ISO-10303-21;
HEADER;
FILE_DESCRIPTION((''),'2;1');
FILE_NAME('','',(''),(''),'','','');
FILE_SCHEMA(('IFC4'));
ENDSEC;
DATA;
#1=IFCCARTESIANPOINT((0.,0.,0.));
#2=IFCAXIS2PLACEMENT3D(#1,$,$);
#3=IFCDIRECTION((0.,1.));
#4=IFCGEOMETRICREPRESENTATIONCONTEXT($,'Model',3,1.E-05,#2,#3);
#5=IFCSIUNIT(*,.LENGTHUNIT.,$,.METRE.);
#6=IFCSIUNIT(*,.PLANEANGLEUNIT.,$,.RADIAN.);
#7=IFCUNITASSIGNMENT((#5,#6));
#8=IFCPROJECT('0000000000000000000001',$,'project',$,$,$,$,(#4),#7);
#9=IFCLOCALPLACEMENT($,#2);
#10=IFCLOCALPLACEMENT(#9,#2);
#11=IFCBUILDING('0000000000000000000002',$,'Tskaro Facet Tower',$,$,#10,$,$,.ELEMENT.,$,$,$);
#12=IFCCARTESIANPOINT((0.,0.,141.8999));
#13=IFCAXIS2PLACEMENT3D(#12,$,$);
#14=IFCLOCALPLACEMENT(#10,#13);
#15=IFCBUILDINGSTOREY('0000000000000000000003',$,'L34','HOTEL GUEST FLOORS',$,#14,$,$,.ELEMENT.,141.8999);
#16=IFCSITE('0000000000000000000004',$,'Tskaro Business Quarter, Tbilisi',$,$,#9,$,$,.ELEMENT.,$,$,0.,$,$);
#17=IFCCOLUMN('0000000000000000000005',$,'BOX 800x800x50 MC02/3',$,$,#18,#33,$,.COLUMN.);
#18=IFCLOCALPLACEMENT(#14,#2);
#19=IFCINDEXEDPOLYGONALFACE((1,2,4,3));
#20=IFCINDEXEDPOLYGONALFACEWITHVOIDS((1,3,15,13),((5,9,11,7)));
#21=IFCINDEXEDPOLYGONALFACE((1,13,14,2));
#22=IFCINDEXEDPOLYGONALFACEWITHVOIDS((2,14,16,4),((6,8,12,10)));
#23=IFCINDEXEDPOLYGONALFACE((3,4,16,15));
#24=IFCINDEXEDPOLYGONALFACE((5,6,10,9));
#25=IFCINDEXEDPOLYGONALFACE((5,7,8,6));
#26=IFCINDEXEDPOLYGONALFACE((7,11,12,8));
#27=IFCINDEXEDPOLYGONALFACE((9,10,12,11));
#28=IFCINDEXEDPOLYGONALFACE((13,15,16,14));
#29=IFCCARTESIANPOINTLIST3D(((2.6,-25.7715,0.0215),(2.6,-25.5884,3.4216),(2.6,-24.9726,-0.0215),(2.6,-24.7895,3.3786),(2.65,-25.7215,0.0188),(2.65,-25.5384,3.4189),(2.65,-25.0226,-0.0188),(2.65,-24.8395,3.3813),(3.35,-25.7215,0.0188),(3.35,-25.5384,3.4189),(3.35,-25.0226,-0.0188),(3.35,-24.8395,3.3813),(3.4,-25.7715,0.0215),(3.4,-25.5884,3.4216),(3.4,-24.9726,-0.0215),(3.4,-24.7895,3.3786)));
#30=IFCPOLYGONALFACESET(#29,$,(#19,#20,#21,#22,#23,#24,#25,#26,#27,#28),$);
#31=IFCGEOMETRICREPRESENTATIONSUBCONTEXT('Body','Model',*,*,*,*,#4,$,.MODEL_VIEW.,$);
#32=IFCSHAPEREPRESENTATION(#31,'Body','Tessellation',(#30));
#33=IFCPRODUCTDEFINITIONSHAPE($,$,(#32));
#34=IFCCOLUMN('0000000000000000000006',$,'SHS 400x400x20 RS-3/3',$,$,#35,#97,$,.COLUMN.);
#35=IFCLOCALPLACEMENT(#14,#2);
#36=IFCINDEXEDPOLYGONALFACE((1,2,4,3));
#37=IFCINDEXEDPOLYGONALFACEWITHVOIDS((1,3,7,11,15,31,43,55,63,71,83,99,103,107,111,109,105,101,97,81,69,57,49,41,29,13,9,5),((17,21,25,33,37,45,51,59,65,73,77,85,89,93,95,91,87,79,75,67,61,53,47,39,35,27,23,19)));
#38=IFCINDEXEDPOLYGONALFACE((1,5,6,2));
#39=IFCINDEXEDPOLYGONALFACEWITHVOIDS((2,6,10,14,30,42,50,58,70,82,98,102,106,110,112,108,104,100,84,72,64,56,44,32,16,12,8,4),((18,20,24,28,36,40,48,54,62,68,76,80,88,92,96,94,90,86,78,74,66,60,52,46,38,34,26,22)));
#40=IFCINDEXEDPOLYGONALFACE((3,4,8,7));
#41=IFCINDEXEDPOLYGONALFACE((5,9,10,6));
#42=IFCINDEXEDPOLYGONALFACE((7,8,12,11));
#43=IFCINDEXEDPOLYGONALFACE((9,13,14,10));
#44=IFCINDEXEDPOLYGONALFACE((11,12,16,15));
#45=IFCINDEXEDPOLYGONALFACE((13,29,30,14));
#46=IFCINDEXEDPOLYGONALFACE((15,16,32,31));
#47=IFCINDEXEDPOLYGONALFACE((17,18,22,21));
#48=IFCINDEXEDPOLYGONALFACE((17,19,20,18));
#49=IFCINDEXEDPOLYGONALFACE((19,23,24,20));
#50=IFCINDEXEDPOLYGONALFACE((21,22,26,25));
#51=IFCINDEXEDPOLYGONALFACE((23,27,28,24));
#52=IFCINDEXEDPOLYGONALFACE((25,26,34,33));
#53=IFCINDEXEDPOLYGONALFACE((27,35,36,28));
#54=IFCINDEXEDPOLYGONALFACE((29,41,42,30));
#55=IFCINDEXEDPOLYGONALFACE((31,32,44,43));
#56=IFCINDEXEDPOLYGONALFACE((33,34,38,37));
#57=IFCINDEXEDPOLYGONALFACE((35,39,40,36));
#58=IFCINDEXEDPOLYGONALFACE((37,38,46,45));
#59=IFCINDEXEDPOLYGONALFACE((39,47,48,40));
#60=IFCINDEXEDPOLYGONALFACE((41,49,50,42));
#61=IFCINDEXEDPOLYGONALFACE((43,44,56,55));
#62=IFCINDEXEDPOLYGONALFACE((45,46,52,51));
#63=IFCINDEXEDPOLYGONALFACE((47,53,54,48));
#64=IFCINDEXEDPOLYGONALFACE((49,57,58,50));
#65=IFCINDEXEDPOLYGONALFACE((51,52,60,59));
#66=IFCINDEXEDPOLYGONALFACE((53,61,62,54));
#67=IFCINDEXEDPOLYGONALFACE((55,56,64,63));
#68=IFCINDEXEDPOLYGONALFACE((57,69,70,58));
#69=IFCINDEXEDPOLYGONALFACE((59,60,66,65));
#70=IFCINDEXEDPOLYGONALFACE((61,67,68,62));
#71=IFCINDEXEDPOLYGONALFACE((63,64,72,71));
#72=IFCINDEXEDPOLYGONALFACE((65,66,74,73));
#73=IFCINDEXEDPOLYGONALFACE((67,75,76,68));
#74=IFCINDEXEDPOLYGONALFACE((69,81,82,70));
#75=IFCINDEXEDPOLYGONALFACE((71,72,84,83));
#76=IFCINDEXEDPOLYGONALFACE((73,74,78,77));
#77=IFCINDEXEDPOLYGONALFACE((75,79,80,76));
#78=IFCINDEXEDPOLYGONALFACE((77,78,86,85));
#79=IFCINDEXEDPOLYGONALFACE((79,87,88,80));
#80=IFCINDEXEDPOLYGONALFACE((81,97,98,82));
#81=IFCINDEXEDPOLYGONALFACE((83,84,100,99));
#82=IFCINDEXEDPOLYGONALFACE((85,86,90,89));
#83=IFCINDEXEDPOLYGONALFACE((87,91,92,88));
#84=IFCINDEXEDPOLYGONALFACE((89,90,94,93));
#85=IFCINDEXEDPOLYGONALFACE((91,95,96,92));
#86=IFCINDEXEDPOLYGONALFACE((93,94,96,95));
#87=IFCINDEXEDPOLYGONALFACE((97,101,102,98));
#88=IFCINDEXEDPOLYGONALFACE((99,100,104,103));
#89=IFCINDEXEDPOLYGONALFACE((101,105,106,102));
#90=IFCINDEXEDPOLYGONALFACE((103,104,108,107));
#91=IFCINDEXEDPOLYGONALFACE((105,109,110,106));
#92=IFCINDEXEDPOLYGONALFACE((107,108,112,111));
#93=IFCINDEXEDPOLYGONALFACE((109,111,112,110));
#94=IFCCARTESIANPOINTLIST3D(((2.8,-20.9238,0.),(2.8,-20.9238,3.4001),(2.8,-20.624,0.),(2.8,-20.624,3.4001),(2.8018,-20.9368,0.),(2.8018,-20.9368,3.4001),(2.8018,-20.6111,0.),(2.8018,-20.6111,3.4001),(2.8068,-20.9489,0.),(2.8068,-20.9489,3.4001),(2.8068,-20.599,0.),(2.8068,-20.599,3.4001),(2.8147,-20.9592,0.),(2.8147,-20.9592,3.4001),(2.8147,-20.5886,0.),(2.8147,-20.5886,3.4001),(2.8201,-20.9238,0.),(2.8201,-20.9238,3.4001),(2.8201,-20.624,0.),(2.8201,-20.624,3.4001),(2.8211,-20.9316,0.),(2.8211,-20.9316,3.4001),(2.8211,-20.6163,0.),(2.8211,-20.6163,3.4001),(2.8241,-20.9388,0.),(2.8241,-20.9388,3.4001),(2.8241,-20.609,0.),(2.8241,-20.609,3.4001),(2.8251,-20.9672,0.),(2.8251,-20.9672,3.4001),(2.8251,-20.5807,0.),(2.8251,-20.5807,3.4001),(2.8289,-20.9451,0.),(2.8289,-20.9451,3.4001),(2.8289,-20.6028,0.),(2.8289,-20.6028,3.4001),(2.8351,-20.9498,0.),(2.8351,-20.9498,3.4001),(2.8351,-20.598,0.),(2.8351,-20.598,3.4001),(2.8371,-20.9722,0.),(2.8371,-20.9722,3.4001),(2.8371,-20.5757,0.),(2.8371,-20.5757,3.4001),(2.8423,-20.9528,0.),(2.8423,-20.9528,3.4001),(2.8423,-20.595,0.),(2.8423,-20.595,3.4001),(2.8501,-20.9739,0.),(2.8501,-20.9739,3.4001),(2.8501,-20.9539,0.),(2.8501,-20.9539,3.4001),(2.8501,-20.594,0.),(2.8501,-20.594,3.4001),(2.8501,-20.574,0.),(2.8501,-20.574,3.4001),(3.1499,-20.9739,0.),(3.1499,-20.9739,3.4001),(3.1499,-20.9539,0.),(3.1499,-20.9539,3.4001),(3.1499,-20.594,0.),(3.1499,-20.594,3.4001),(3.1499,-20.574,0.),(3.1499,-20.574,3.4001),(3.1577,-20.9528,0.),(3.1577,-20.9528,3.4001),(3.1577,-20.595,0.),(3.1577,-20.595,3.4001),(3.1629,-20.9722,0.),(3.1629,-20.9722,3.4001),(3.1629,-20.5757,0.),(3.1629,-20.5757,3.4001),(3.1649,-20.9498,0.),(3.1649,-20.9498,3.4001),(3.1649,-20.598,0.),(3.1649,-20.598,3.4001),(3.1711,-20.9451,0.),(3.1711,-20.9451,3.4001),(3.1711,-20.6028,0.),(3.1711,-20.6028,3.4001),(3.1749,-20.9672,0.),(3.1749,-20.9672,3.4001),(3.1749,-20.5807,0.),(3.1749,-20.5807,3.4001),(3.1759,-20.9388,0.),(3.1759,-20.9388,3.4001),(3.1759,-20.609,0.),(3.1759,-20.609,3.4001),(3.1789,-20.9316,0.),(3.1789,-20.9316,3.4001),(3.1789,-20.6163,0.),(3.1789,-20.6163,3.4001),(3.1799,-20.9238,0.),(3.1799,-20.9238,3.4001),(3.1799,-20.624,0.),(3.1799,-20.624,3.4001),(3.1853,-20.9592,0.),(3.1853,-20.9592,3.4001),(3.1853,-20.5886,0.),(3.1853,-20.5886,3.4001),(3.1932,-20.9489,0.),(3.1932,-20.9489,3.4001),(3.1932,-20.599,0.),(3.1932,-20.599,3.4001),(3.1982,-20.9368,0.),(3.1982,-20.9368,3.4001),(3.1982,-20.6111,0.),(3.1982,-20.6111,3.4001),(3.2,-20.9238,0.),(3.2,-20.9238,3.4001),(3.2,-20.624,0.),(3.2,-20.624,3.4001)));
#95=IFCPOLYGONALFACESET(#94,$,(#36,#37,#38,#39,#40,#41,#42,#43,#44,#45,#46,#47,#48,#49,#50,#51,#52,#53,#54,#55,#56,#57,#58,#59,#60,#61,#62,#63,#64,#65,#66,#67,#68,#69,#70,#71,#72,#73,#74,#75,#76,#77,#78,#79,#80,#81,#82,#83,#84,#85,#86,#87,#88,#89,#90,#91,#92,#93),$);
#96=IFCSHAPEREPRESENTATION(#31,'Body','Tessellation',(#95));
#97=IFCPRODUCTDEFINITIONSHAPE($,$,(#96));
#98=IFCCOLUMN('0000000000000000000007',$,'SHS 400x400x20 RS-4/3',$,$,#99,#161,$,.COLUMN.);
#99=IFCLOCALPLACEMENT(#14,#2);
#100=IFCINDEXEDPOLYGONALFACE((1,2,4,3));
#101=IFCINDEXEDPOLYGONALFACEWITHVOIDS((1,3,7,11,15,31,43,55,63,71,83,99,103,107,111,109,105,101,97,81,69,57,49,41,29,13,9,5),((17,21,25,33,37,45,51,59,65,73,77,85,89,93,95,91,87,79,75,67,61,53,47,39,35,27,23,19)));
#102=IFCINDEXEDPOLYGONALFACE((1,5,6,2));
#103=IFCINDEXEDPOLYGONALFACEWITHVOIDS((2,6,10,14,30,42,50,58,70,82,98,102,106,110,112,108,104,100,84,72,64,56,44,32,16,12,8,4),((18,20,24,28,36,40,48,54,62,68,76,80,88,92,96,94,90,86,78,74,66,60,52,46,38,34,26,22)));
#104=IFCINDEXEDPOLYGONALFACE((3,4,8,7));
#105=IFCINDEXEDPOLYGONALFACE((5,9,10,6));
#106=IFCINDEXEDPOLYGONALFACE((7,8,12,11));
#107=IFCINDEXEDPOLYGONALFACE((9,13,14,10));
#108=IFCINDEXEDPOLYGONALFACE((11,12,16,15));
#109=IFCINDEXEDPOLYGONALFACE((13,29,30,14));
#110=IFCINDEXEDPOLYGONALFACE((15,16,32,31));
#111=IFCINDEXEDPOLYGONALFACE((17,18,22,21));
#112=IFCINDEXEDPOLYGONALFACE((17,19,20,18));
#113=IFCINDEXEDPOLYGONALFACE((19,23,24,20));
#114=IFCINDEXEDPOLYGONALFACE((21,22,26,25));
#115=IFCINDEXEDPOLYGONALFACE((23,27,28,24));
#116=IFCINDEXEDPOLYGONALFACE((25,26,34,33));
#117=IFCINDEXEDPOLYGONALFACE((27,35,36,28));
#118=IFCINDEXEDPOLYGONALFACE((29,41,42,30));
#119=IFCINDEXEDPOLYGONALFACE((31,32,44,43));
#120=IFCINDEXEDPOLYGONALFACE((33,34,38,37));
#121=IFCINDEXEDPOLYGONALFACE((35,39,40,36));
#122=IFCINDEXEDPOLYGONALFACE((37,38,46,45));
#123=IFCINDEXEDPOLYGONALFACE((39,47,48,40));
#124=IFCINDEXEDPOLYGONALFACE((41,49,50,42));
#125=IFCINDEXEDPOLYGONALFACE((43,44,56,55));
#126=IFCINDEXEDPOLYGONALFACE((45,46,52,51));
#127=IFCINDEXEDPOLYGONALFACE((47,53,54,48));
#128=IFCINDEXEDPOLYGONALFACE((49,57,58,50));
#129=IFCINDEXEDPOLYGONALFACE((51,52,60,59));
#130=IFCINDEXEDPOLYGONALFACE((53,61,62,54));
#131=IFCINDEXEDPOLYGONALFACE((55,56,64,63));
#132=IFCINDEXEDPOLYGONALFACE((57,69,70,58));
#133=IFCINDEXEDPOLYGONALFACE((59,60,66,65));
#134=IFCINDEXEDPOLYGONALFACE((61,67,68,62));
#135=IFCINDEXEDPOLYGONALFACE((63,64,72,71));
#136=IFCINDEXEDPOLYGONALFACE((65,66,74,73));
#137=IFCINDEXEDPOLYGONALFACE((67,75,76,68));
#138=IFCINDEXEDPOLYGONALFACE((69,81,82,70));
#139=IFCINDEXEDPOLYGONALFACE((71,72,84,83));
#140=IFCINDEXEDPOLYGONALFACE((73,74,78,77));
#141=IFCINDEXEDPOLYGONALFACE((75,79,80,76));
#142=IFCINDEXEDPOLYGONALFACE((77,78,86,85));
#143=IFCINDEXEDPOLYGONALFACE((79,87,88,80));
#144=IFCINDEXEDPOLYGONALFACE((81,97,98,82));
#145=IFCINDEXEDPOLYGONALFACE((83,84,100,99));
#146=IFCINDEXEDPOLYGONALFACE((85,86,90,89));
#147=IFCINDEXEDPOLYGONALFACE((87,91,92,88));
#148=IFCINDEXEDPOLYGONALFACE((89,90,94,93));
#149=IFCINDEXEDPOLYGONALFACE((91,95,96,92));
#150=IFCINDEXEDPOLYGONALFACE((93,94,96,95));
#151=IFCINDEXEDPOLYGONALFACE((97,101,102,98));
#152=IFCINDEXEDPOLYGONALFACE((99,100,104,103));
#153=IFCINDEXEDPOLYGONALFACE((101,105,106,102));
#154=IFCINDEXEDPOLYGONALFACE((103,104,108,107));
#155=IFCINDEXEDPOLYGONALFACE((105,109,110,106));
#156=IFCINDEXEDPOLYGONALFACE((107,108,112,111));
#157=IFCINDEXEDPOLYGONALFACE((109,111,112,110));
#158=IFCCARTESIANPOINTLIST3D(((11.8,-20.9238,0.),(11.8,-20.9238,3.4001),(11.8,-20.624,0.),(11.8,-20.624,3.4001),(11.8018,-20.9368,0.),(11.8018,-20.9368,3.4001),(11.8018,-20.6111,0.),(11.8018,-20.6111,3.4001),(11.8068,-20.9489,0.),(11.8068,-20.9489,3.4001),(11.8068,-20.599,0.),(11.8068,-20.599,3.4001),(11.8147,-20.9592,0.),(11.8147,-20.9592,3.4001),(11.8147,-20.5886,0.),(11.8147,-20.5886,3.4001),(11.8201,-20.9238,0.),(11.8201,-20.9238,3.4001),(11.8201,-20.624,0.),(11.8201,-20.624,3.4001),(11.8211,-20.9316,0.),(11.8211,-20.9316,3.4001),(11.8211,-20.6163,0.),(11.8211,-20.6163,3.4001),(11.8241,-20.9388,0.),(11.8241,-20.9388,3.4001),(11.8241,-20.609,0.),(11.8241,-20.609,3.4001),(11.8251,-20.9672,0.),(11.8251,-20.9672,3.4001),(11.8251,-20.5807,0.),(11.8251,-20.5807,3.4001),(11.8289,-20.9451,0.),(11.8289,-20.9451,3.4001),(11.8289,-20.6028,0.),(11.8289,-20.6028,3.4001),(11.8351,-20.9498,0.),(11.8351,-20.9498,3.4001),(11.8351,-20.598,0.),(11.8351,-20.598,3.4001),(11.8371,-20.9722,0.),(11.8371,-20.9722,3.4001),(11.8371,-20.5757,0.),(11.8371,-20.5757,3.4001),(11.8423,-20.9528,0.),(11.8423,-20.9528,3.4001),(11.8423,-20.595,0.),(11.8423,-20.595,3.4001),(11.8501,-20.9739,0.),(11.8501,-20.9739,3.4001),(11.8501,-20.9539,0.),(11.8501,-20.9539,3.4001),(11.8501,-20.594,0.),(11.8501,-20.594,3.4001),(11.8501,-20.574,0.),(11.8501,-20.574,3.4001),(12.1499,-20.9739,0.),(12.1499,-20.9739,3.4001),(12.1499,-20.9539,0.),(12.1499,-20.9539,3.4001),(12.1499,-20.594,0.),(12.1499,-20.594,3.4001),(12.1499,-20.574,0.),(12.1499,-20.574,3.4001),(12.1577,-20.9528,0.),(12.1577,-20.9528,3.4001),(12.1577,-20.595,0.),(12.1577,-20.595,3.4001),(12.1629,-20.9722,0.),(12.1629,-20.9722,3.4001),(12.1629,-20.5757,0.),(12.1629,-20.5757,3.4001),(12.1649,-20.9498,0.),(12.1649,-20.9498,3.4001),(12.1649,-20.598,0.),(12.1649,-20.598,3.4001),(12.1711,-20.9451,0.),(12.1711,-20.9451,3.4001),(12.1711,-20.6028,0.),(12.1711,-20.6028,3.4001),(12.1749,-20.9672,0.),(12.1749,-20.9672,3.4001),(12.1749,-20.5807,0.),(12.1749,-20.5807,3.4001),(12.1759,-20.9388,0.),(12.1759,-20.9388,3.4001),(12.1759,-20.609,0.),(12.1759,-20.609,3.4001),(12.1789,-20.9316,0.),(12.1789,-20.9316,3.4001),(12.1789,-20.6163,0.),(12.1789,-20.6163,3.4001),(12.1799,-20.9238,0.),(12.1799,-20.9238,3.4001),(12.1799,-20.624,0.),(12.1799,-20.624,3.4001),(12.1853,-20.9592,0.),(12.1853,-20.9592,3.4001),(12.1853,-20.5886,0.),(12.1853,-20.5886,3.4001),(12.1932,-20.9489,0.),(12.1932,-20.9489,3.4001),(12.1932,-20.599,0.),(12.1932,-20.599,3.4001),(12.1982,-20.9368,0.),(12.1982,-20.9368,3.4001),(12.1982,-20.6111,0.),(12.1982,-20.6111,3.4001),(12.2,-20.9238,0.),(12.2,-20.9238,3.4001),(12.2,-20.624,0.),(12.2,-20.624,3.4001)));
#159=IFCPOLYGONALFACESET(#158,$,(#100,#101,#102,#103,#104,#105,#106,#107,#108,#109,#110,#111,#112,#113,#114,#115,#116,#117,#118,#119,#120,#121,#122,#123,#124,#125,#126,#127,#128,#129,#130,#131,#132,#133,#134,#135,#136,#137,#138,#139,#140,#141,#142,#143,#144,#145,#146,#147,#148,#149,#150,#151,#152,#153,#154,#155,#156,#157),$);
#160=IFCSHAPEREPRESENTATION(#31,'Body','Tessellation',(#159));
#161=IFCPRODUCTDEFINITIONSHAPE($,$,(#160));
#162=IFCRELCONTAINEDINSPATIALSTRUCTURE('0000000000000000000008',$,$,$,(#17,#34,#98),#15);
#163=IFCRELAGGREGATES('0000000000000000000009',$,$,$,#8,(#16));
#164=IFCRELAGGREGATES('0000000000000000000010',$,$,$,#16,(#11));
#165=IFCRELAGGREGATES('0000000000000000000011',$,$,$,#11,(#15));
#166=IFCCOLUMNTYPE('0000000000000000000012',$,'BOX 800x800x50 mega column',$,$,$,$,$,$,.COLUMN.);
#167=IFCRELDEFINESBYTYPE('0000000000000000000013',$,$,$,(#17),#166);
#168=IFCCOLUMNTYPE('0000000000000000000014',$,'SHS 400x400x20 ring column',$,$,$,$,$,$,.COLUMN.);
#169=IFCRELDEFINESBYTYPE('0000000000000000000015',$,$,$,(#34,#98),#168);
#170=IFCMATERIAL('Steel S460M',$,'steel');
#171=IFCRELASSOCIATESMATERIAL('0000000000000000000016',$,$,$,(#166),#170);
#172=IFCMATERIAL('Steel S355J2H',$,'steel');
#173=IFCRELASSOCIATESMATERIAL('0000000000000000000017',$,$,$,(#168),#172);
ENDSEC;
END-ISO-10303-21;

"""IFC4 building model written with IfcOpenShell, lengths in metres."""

from ifc_helpers import new_model, si_unit, direction, frame, origin, origin_2d, place, context, subcontext, project, spatial, hollow_rectangle, extrude, material, material_profile, profile_set, type_object, element, save


model = new_model("IFC4")

# Units and contexts
model_context = context("Model", 3, precision=1e-05, world=origin(), true_north=direction((0.0, 1.0)))
body_context = subcontext(model_context, "Body", "Model", "MODEL_VIEW")
ifc_project = project(units=[si_unit("LENGTHUNIT", "METRE"), si_unit("PLANEANGLEUNIT", "RADIAN")], contexts=[model_context])

# Site, building, storey
site_placement = place(None, origin())
site = spatial("IfcSite", under=ifc_project, at=site_placement, Name="Tskaro Business Quarter, Tbilisi", CompositionType="ELEMENT", RefElevation=0.0)
building_placement = place(site_placement, origin())
building = spatial("IfcBuilding", under=site, at=building_placement, Name="Tskaro Facet Tower", CompositionType="ELEMENT")
storey_placement = place(building_placement, frame((0.0, 0.0, 141.8999)))
storey = spatial("IfcBuildingStorey", under=building, at=storey_placement, Name="L34", Description="HOTEL GUEST FLOORS", CompositionType="ELEMENT", Elevation=141.8999)

# Columns
ifc_material_1 = material(Name="Steel S460M", Category="steel")
ifc_material_profile_1 = material_profile(ifc_material_1, hollow_rectangle(XDim=0.8, YDim=0.8, WallThickness=0.05, at=origin_2d()), Name="BOX 800x800x50")
ifc_profile_set_1 = profile_set([ifc_material_profile_1], Name="Steel S460M")
column_type_1 = type_object("IfcColumnType", Name="BOX 800x800x50 mega column", PredefinedType="COLUMN", material=ifc_profile_set_1)
column_placement = place(storey_placement, frame((3.0, -25.3721, 0.0), z_axis=(0.0, 0.053774, 0.998553), x_axis=(-1.0, 0.0, 0.0)))
element("IfcColumn", 1, at=column_placement, inside=storey, type_object=column_type_1, Name="BOX 800x800x50 MC02/3", PredefinedType="COLUMN", context=body_context, shape_type="SweptSolid", body=[
    extrude(hollow_rectangle(XDim=0.8, YDim=0.8, WallThickness=0.05, at=origin_2d()), origin(), (0.0, 0.0, 1.0), 3.405),
])
ifc_material_2 = material(Name="Steel S355J2H", Category="steel")
ifc_material_profile_2 = material_profile(ifc_material_2, hollow_rectangle(XDim=0.3999, YDim=0.3999, WallThickness=0.02, InnerFilletRadius=0.03, OuterFilletRadius=0.05, at=origin_2d()), Name="SHS 400x400x20")
ifc_profile_set_2 = profile_set([ifc_material_profile_2], Name="Steel S355J2H")
column_type_2 = type_object("IfcColumnType", Name="SHS 400x400x20 ring column", PredefinedType="COLUMN", material=ifc_profile_set_2)
for number, where, z_axis, x_axis, name in (
    (2, (3.0, -20.7739, 0.0), (0.0, 0.0, 1.0), (1.0, 0.0, 0.0), "SHS 400x400x20 RS-3/3"),
    (3, (12.0, -20.7739, 0.0), (0.0, 0.0, 1.0), (1.0, 0.0, 0.0), "SHS 400x400x20 RS-4/3"),
):
    element("IfcColumn", number, at=place(storey_placement, frame(where, z_axis=z_axis, x_axis=x_axis)), inside=storey, type_object=column_type_2, Name=name, PredefinedType="COLUMN", context=body_context, shape_type="SweptSolid", body=[
        extrude(hollow_rectangle(XDim=0.3999, YDim=0.3999, WallThickness=0.02, InnerFilletRadius=0.03, OuterFilletRadius=0.05, at=origin_2d()), origin(), (0.0, 0.0, 1.0), 3.4001),
    ])

save(model, "model.ifc")
